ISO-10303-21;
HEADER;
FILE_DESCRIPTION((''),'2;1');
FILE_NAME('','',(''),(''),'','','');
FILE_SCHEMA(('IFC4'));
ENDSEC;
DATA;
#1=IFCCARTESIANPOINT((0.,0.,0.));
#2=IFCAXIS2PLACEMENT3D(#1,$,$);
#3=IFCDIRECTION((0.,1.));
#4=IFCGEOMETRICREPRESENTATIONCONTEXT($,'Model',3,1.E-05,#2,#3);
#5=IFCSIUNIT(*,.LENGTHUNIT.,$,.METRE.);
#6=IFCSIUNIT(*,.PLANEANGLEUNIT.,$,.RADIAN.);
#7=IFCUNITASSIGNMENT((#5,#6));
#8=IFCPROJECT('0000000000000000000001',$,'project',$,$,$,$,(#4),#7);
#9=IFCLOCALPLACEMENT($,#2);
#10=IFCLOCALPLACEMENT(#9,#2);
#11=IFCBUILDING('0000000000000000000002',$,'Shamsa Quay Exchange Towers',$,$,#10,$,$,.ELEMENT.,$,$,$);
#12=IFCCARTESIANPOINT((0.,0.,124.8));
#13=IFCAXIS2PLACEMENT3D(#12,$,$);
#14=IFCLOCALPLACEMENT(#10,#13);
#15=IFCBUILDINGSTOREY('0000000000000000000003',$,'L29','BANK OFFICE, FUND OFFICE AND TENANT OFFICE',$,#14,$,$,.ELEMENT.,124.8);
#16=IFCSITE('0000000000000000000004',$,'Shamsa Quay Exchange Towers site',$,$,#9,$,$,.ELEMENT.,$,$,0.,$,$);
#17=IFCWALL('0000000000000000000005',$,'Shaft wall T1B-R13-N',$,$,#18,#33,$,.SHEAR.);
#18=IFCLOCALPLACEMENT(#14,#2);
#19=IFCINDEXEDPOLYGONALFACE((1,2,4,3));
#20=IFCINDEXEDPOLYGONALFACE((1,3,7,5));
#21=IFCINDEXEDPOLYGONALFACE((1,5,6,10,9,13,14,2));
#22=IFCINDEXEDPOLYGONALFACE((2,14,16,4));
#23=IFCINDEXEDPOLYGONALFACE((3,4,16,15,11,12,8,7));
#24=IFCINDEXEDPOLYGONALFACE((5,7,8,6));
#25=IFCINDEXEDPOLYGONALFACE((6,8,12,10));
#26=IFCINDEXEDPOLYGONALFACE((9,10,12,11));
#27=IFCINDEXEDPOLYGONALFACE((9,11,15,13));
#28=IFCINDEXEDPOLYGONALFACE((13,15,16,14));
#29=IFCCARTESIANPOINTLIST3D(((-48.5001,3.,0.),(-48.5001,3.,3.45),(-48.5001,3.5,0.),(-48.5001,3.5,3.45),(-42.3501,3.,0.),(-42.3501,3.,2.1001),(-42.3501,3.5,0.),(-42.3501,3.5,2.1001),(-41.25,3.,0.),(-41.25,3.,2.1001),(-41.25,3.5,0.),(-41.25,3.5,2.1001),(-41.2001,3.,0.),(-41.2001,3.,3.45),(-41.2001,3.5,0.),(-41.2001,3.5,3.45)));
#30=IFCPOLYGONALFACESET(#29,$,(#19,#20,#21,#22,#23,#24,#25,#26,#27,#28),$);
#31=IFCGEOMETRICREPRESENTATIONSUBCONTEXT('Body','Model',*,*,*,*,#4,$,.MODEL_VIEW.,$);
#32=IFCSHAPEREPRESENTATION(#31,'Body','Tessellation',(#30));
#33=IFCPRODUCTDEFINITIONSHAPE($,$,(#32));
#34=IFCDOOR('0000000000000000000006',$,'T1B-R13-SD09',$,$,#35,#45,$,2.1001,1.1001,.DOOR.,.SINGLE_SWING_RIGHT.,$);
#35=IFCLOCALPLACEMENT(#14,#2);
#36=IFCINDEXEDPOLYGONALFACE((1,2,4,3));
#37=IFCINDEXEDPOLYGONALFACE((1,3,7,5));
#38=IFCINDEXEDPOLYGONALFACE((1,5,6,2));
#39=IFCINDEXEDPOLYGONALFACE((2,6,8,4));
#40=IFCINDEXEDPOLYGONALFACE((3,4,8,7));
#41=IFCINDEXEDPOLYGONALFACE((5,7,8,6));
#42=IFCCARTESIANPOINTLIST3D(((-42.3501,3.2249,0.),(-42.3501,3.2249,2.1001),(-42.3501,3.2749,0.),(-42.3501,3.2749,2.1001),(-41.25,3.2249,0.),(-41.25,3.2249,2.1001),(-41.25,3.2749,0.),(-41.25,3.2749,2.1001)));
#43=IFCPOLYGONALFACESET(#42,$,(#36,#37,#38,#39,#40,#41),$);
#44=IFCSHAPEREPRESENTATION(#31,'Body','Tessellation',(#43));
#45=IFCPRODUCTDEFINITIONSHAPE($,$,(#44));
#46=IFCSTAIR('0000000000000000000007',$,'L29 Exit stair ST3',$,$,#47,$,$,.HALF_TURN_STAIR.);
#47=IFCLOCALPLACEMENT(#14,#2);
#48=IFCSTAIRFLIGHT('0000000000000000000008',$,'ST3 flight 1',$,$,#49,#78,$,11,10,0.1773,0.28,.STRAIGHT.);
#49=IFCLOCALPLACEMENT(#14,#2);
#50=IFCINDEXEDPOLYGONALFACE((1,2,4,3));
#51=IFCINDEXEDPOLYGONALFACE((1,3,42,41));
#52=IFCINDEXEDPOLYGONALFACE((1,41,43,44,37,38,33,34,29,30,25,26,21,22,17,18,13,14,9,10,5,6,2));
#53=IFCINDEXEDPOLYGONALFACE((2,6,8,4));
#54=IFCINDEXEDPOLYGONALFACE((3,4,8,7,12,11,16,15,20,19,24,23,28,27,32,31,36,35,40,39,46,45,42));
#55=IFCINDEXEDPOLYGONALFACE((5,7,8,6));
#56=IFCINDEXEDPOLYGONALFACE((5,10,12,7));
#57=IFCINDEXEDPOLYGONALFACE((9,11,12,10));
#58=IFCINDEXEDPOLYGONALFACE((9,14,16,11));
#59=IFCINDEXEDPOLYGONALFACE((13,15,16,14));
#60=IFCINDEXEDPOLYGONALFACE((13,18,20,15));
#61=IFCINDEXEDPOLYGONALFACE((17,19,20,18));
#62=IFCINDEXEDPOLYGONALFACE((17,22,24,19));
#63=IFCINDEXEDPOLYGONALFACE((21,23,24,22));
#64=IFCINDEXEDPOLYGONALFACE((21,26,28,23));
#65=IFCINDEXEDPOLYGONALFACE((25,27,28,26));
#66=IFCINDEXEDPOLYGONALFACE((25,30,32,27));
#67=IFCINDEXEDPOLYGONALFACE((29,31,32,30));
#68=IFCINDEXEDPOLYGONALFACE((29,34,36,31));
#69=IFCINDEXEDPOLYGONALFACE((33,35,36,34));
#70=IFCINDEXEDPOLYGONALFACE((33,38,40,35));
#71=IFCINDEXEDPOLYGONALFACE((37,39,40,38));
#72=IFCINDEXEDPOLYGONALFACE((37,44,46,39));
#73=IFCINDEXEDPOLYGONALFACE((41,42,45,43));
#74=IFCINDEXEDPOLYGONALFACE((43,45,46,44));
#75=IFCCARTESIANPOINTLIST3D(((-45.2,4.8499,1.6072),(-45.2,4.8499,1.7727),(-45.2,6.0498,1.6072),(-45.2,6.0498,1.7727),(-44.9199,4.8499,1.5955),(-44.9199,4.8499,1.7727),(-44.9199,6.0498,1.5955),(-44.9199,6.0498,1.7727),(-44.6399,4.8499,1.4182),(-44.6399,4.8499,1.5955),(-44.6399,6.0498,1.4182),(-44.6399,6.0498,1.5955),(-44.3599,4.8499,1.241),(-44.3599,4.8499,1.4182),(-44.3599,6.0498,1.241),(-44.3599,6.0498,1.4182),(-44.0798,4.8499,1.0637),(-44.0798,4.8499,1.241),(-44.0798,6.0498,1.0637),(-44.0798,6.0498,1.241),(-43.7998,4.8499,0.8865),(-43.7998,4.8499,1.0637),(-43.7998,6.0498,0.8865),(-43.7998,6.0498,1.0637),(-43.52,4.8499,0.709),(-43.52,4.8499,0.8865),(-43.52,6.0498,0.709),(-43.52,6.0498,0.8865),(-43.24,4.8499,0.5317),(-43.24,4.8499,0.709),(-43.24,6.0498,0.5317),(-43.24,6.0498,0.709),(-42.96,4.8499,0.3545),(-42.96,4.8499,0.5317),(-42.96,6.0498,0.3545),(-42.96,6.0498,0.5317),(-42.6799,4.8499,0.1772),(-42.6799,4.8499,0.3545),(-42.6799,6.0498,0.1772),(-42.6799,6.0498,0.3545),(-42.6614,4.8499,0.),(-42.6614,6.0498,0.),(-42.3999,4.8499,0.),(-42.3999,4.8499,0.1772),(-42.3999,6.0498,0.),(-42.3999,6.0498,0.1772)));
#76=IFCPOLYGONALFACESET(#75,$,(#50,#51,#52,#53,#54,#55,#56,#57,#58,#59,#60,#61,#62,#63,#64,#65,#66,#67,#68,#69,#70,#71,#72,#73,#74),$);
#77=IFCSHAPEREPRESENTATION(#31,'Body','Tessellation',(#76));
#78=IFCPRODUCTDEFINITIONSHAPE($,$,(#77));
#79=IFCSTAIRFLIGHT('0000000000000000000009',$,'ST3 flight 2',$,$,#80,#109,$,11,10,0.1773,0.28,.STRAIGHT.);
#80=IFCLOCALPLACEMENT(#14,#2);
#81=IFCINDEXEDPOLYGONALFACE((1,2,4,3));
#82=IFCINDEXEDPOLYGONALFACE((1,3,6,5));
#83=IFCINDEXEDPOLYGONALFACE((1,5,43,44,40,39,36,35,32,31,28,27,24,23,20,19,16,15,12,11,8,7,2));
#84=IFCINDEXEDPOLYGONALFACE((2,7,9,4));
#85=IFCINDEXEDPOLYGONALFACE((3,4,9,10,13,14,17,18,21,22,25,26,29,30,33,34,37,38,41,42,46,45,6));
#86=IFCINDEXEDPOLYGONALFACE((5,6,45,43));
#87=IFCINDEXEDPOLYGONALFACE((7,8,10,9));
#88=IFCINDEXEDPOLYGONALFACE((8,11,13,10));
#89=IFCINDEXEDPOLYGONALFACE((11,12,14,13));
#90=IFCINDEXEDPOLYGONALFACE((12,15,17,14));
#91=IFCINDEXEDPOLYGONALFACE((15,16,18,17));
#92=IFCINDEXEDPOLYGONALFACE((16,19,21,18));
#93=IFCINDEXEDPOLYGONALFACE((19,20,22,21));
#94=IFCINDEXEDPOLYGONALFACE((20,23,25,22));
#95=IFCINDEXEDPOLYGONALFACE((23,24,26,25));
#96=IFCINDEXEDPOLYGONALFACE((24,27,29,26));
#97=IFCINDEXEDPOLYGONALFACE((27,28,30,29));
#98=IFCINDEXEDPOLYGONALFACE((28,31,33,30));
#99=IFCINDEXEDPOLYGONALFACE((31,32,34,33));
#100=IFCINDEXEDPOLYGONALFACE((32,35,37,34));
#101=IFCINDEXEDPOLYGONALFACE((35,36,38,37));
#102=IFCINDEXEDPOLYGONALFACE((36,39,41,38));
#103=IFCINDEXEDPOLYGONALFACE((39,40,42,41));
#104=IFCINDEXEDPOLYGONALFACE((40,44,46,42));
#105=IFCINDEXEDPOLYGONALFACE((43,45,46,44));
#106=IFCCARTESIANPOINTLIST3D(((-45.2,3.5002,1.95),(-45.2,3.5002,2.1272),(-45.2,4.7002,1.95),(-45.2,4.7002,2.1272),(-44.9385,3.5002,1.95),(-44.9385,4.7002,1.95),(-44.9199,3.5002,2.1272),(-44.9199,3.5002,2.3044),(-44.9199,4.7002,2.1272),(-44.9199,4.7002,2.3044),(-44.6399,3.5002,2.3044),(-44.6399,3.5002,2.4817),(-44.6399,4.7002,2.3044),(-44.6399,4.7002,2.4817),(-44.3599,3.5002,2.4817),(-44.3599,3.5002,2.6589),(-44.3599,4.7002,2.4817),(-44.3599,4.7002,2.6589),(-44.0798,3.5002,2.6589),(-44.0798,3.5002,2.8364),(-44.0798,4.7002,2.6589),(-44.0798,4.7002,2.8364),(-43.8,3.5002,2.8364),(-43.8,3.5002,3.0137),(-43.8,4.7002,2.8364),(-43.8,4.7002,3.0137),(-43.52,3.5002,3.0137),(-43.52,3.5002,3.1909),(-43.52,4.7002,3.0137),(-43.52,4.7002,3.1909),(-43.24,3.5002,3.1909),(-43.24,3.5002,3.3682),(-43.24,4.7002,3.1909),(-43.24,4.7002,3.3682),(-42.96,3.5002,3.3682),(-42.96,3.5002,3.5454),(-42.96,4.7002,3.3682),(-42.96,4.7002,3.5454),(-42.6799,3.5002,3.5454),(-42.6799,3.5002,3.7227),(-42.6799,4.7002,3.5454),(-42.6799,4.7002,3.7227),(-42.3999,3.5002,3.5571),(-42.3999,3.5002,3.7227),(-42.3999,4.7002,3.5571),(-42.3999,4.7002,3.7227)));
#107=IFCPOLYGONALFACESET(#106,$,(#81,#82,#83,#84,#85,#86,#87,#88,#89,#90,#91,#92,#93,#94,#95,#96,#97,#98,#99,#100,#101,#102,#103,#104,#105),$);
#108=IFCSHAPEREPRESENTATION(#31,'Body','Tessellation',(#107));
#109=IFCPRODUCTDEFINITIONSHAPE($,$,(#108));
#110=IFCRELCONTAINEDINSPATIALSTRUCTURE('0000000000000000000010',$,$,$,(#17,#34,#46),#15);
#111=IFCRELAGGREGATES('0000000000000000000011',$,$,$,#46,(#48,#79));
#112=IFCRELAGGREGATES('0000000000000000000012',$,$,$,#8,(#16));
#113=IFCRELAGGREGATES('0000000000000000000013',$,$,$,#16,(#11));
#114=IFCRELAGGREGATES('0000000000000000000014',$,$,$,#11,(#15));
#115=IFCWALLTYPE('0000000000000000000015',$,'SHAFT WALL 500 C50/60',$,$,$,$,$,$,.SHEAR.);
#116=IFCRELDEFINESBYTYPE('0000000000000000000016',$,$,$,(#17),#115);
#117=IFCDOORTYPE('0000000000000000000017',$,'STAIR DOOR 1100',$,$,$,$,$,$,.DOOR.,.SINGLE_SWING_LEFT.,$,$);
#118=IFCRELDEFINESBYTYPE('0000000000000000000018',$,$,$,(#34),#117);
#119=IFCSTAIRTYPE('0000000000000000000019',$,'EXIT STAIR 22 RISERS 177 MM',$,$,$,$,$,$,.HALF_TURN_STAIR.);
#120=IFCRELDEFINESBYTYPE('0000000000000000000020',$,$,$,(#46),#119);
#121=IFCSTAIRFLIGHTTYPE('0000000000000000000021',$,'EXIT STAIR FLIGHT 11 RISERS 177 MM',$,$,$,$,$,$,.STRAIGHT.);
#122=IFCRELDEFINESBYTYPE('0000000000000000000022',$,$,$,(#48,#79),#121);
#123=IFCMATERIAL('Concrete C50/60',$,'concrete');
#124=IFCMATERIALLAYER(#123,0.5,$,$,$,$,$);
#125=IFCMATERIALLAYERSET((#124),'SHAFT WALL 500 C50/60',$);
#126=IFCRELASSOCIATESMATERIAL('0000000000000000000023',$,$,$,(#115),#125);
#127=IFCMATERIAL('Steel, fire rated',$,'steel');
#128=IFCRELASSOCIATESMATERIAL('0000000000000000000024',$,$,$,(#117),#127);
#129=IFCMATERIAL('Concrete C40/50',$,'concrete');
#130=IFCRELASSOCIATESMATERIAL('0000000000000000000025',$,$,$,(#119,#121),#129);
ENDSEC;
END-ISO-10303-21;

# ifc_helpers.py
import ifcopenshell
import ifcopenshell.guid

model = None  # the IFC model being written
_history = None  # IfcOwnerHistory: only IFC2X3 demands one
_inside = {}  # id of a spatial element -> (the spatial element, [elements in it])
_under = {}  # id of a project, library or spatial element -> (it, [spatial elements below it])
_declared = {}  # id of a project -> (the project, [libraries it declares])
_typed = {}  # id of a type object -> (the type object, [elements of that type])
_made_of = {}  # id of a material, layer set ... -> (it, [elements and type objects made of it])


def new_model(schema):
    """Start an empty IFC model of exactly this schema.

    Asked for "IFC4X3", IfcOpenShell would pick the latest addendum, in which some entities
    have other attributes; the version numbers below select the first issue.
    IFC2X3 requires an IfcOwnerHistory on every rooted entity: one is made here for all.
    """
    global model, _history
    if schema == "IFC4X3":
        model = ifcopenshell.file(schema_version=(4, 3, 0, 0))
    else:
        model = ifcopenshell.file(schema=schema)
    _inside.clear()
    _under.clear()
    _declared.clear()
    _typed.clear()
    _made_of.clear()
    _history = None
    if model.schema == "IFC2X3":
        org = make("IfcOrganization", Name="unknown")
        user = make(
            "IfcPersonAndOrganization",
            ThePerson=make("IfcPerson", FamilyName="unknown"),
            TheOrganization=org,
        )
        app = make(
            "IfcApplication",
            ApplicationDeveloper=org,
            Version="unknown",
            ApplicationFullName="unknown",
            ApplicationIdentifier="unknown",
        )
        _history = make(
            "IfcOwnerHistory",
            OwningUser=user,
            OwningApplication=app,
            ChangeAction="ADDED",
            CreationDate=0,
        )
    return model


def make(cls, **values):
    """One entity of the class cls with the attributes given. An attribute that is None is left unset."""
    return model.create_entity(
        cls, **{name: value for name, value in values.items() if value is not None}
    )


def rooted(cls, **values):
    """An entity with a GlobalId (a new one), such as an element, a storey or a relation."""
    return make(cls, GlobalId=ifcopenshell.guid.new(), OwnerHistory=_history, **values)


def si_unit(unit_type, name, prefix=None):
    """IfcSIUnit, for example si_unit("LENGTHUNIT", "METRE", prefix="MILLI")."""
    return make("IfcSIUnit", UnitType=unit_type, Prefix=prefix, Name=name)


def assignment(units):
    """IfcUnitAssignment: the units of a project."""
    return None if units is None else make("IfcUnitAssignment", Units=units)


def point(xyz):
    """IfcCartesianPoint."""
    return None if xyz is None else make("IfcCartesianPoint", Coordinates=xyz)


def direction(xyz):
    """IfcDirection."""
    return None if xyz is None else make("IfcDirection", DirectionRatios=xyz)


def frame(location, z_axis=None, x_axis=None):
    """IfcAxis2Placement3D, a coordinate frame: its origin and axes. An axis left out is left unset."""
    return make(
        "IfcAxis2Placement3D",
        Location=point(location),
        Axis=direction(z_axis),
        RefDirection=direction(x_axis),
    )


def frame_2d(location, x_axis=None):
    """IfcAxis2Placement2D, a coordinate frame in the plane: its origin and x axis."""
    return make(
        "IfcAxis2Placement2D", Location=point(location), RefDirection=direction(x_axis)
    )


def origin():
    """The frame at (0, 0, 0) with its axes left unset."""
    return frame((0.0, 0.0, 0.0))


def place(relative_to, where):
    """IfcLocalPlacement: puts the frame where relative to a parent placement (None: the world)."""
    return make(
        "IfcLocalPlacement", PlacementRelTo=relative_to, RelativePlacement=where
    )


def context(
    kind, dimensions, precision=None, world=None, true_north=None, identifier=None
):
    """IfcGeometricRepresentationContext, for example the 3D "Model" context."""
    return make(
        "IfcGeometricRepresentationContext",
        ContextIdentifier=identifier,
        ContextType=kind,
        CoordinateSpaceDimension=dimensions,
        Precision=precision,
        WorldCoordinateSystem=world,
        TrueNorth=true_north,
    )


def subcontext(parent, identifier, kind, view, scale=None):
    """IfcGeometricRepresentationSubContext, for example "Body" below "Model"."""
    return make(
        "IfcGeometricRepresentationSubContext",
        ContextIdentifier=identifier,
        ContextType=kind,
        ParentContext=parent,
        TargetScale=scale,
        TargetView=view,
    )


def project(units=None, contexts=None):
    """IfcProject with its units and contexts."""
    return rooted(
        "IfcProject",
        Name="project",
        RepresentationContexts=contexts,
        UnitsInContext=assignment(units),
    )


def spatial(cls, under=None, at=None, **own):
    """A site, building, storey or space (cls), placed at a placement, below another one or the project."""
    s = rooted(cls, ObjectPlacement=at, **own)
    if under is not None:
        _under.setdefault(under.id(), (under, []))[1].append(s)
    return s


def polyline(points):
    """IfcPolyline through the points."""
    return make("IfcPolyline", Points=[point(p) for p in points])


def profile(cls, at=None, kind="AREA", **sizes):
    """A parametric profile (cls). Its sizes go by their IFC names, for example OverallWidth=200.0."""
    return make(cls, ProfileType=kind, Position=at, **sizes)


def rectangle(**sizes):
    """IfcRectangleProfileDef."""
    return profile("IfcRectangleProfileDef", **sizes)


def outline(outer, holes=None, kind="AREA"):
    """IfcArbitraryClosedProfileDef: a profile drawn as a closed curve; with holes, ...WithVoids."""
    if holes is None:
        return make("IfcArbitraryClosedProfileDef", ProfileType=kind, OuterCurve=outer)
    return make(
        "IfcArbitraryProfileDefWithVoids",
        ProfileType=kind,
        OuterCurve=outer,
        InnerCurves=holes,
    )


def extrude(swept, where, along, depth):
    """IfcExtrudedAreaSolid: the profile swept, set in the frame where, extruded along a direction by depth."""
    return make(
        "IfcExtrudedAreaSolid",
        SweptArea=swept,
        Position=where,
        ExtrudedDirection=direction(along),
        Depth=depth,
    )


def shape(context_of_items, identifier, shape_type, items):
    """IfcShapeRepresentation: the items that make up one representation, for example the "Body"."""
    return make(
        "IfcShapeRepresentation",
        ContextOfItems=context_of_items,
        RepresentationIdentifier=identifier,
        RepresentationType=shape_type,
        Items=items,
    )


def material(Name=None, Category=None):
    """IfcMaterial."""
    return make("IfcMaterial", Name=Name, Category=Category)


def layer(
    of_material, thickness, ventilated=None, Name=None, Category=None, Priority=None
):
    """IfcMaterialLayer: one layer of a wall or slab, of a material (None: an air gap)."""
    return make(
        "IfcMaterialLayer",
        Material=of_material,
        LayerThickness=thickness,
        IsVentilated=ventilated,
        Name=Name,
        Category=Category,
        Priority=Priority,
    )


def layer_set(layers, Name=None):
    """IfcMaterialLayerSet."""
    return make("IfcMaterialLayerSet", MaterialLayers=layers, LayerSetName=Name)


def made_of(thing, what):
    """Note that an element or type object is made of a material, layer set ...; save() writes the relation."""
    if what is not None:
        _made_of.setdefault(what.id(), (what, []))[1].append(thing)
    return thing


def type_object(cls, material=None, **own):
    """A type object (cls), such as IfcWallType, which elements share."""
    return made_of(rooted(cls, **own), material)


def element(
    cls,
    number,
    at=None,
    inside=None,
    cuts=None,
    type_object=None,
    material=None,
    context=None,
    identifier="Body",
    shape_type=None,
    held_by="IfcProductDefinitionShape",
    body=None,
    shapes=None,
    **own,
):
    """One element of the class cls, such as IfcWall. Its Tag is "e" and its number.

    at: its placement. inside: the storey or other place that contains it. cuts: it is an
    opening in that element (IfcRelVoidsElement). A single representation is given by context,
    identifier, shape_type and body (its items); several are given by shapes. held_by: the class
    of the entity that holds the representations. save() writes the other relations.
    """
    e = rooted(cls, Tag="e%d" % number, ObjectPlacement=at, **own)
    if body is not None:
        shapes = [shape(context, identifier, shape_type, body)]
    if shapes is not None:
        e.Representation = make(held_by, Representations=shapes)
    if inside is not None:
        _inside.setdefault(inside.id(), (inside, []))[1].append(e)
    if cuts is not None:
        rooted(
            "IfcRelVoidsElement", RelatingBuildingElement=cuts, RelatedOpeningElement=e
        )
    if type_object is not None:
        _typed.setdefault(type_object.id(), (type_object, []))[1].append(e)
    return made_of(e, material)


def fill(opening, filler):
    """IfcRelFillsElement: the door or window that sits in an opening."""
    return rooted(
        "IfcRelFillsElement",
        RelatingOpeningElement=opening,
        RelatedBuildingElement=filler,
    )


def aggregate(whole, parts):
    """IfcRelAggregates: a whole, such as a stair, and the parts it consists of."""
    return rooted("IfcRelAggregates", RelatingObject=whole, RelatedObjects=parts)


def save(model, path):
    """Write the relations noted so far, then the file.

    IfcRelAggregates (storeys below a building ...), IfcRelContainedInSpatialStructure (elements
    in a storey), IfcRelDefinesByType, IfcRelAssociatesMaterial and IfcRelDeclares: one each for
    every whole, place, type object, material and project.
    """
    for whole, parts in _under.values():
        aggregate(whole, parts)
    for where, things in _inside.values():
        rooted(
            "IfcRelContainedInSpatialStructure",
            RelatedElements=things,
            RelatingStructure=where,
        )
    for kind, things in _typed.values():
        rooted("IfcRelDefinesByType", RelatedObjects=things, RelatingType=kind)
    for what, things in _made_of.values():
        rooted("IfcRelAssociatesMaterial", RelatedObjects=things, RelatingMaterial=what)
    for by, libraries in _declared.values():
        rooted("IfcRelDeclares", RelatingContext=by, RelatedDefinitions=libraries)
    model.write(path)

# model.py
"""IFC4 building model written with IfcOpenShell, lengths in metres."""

from ifc_helpers import new_model, si_unit, direction, frame, frame_2d, origin, place, context, subcontext, project, spatial, polyline, rectangle, outline, extrude, material, layer, layer_set, type_object, element, fill, aggregate, save


model = new_model("IFC4")

# Units and contexts
model_context = context("Model", 3, precision=1e-05, world=origin(), true_north=direction((0.0, 1.0)))
body_context = subcontext(model_context, "Body", "Model", "MODEL_VIEW")
ifc_project = project(units=[si_unit("LENGTHUNIT", "METRE"), si_unit("PLANEANGLEUNIT", "RADIAN")], contexts=[model_context])

# Site, building, storey
site_placement = place(None, origin())
site = spatial("IfcSite", under=ifc_project, at=site_placement, Name="Shamsa Quay Exchange Towers site", CompositionType="ELEMENT", RefElevation=0.0)
building_placement = place(site_placement, origin())
building = spatial("IfcBuilding", under=site, at=building_placement, Name="Shamsa Quay Exchange Towers", CompositionType="ELEMENT")
storey_placement = place(building_placement, frame((0.0, 0.0, 124.8)))
storey = spatial("IfcBuildingStorey", under=building, at=storey_placement, Name="L29", Description="BANK OFFICE, FUND OFFICE AND TENANT OFFICE", CompositionType="ELEMENT", Elevation=124.8)

# Shared definitions
ifc_material_1 = material(Name="Concrete C50/60", Category="concrete")
ifc_material_2 = material(Name="Steel, fire rated", Category="steel")

# Wall, opening, door
ifc_layer_1 = layer(ifc_material_1, 0.5)
ifc_layer_set_1 = layer_set([ifc_layer_1], Name="SHAFT WALL 500 C50/60")
wall_type_1 = type_object("IfcWallType", Name="SHAFT WALL 500 C50/60", PredefinedType="SHEAR", material=ifc_layer_set_1)
wall_1_placement = place(storey_placement, frame((-48.5, 3.25, 0.0)))
wall_1 = element("IfcWall", 1, at=wall_1_placement, inside=storey, type_object=wall_type_1, Name="Shaft wall T1B-R13-N", PredefinedType="SHEAR", context=body_context, shape_type="SweptSolid", body=[
    extrude(rectangle(XDim=7.3, YDim=0.5, at=frame_2d((3.6499, 0.0))), origin(), (0.0, 0.0, 1.0), 3.45),
])
opening_1_placement = place(wall_1_placement, frame((6.1499, 0.0, 0.0)))
opening_1 = element("IfcOpeningElement", 2, at=opening_1_placement, cuts=wall_1, PredefinedType="OPENING", context=body_context, shape_type="SweptSolid", body=[
    extrude(rectangle(XDim=1.1001, YDim=2.1001, at=frame_2d((0.55, 1.05))), frame((0.0, 0.26, 0.0), z_axis=(0.0, -1.0, 0.0), x_axis=(1.0, 0.0, 0.0)), (0.0, 0.0, 1.0), 0.52),
])
door_type_1 = type_object("IfcDoorType", Name="STAIR DOOR 1100", OperationType="SINGLE_SWING_LEFT", PredefinedType="DOOR", material=ifc_material_2)
door_1_placement = place(opening_1_placement, origin())
door_1 = element("IfcDoor", 3, at=door_1_placement, inside=storey, type_object=door_type_1, Name="T1B-R13-SD09", OperationType="SINGLE_SWING_RIGHT", OverallHeight=2.1001, OverallWidth=1.1001, PredefinedType="DOOR", context=body_context, shape_type="SweptSolid", body=[
    extrude(rectangle(XDim=1.1001, YDim=2.1001, at=frame_2d((0.55, 1.05))), frame((0.0, 0.0249, 0.0), z_axis=(0.0, -1.0, 0.0), x_axis=(1.0, 0.0, 0.0)), (0.0, 0.0, 1.0), 0.05),
])
fill(opening_1, door_1)

# Stair, stair flights
ifc_material_3 = material(Name="Concrete C40/50", Category="concrete")
stair_type = type_object("IfcStairType", Name="EXIT STAIR 22 RISERS 177 MM", PredefinedType="HALF_TURN_STAIR", material=ifc_material_3)
stair_placement = place(storey_placement, origin())
stair = element("IfcStair", 4, at=stair_placement, inside=storey, type_object=stair_type, Name="L29 Exit stair ST3", PredefinedType="HALF_TURN_STAIR")
stair_flight_type = type_object("IfcStairFlightType", Name="EXIT STAIR FLIGHT 11 RISERS 177 MM", PredefinedType="STRAIGHT", material=ifc_material_3)
stair_flight_1_placement = place(storey_placement, frame((-42.3999, 5.45, 0.0), z_axis=(0.0, 0.0, 1.0), x_axis=(-1.0, 0.0, 0.0)))
stair_flight_1 = element("IfcStairFlight", 5, at=stair_flight_1_placement, type_object=stair_flight_type, Name="ST3 flight 1", NumberOfRisers=11, NumberOfTreads=10, PredefinedType="STRAIGHT", RiserHeight=0.1773, TreadLength=0.28, context=body_context, shape_type="SweptSolid", body=[
    extrude(outline(polyline([(0.0, 0.0), (0.0, 0.1772), (0.28, 0.1772), (0.28, 0.3545), (0.5601, 0.3545), (0.5601, 0.5317), (0.8401, 0.5317), (0.8401, 0.709), (1.1201, 0.709), (1.1201, 0.8865), (1.3999, 0.8865), (1.3999, 1.0637), (1.6799, 1.0637), (1.6799, 1.241), (1.96, 1.241), (1.96, 1.4182), (2.24, 1.4182), (2.24, 1.5955), (2.52, 1.5955), (2.52, 1.7727), (2.8, 1.7727), (2.8, 1.95), (2.8, 1.6072), (0.2615, 0.0), (0.0, 0.0)])), frame((0.0, 0.6001, 0.0), z_axis=(0.0, -1.0, 0.0), x_axis=(1.0, 0.0, 0.0)), (0.0, 0.0, 1.0), 1.2),
])
stair_flight_2_placement = place(storey_placement, frame((-45.2, 4.1001, 1.95)))
stair_flight_2 = element("IfcStairFlight", 6, at=stair_flight_2_placement, type_object=stair_flight_type, Name="ST3 flight 2", NumberOfRisers=11, NumberOfTreads=10, PredefinedType="STRAIGHT", RiserHeight=0.1773, TreadLength=0.28, context=body_context, shape_type="SweptSolid", body=[
    extrude(outline(polyline([(0.0, 0.0), (0.0, 0.1772), (0.28, 0.1772), (0.28, 0.3545), (0.5601, 0.3545), (0.5601, 0.5317), (0.8401, 0.5317), (0.8401, 0.709), (1.1201, 0.709), (1.1201, 0.8865), (1.3999, 0.8865), (1.3999, 1.0637), (1.6799, 1.0637), (1.6799, 1.241), (1.96, 1.241), (1.96, 1.4182), (2.24, 1.4182), (2.24, 1.5955), (2.52, 1.5955), (2.52, 1.7727), (2.8, 1.7727), (2.8, 1.95), (2.8, 1.6072), (0.2615, 0.0), (0.0, 0.0)])), frame((0.0, 0.6001, 0.0), z_axis=(0.0, -1.0, 0.0), x_axis=(1.0, 0.0, 0.0)), (0.0, 0.0, 1.0), 1.2),
])
aggregate(stair, [stair_flight_1, stair_flight_2])

save(model, "model.ifc")
